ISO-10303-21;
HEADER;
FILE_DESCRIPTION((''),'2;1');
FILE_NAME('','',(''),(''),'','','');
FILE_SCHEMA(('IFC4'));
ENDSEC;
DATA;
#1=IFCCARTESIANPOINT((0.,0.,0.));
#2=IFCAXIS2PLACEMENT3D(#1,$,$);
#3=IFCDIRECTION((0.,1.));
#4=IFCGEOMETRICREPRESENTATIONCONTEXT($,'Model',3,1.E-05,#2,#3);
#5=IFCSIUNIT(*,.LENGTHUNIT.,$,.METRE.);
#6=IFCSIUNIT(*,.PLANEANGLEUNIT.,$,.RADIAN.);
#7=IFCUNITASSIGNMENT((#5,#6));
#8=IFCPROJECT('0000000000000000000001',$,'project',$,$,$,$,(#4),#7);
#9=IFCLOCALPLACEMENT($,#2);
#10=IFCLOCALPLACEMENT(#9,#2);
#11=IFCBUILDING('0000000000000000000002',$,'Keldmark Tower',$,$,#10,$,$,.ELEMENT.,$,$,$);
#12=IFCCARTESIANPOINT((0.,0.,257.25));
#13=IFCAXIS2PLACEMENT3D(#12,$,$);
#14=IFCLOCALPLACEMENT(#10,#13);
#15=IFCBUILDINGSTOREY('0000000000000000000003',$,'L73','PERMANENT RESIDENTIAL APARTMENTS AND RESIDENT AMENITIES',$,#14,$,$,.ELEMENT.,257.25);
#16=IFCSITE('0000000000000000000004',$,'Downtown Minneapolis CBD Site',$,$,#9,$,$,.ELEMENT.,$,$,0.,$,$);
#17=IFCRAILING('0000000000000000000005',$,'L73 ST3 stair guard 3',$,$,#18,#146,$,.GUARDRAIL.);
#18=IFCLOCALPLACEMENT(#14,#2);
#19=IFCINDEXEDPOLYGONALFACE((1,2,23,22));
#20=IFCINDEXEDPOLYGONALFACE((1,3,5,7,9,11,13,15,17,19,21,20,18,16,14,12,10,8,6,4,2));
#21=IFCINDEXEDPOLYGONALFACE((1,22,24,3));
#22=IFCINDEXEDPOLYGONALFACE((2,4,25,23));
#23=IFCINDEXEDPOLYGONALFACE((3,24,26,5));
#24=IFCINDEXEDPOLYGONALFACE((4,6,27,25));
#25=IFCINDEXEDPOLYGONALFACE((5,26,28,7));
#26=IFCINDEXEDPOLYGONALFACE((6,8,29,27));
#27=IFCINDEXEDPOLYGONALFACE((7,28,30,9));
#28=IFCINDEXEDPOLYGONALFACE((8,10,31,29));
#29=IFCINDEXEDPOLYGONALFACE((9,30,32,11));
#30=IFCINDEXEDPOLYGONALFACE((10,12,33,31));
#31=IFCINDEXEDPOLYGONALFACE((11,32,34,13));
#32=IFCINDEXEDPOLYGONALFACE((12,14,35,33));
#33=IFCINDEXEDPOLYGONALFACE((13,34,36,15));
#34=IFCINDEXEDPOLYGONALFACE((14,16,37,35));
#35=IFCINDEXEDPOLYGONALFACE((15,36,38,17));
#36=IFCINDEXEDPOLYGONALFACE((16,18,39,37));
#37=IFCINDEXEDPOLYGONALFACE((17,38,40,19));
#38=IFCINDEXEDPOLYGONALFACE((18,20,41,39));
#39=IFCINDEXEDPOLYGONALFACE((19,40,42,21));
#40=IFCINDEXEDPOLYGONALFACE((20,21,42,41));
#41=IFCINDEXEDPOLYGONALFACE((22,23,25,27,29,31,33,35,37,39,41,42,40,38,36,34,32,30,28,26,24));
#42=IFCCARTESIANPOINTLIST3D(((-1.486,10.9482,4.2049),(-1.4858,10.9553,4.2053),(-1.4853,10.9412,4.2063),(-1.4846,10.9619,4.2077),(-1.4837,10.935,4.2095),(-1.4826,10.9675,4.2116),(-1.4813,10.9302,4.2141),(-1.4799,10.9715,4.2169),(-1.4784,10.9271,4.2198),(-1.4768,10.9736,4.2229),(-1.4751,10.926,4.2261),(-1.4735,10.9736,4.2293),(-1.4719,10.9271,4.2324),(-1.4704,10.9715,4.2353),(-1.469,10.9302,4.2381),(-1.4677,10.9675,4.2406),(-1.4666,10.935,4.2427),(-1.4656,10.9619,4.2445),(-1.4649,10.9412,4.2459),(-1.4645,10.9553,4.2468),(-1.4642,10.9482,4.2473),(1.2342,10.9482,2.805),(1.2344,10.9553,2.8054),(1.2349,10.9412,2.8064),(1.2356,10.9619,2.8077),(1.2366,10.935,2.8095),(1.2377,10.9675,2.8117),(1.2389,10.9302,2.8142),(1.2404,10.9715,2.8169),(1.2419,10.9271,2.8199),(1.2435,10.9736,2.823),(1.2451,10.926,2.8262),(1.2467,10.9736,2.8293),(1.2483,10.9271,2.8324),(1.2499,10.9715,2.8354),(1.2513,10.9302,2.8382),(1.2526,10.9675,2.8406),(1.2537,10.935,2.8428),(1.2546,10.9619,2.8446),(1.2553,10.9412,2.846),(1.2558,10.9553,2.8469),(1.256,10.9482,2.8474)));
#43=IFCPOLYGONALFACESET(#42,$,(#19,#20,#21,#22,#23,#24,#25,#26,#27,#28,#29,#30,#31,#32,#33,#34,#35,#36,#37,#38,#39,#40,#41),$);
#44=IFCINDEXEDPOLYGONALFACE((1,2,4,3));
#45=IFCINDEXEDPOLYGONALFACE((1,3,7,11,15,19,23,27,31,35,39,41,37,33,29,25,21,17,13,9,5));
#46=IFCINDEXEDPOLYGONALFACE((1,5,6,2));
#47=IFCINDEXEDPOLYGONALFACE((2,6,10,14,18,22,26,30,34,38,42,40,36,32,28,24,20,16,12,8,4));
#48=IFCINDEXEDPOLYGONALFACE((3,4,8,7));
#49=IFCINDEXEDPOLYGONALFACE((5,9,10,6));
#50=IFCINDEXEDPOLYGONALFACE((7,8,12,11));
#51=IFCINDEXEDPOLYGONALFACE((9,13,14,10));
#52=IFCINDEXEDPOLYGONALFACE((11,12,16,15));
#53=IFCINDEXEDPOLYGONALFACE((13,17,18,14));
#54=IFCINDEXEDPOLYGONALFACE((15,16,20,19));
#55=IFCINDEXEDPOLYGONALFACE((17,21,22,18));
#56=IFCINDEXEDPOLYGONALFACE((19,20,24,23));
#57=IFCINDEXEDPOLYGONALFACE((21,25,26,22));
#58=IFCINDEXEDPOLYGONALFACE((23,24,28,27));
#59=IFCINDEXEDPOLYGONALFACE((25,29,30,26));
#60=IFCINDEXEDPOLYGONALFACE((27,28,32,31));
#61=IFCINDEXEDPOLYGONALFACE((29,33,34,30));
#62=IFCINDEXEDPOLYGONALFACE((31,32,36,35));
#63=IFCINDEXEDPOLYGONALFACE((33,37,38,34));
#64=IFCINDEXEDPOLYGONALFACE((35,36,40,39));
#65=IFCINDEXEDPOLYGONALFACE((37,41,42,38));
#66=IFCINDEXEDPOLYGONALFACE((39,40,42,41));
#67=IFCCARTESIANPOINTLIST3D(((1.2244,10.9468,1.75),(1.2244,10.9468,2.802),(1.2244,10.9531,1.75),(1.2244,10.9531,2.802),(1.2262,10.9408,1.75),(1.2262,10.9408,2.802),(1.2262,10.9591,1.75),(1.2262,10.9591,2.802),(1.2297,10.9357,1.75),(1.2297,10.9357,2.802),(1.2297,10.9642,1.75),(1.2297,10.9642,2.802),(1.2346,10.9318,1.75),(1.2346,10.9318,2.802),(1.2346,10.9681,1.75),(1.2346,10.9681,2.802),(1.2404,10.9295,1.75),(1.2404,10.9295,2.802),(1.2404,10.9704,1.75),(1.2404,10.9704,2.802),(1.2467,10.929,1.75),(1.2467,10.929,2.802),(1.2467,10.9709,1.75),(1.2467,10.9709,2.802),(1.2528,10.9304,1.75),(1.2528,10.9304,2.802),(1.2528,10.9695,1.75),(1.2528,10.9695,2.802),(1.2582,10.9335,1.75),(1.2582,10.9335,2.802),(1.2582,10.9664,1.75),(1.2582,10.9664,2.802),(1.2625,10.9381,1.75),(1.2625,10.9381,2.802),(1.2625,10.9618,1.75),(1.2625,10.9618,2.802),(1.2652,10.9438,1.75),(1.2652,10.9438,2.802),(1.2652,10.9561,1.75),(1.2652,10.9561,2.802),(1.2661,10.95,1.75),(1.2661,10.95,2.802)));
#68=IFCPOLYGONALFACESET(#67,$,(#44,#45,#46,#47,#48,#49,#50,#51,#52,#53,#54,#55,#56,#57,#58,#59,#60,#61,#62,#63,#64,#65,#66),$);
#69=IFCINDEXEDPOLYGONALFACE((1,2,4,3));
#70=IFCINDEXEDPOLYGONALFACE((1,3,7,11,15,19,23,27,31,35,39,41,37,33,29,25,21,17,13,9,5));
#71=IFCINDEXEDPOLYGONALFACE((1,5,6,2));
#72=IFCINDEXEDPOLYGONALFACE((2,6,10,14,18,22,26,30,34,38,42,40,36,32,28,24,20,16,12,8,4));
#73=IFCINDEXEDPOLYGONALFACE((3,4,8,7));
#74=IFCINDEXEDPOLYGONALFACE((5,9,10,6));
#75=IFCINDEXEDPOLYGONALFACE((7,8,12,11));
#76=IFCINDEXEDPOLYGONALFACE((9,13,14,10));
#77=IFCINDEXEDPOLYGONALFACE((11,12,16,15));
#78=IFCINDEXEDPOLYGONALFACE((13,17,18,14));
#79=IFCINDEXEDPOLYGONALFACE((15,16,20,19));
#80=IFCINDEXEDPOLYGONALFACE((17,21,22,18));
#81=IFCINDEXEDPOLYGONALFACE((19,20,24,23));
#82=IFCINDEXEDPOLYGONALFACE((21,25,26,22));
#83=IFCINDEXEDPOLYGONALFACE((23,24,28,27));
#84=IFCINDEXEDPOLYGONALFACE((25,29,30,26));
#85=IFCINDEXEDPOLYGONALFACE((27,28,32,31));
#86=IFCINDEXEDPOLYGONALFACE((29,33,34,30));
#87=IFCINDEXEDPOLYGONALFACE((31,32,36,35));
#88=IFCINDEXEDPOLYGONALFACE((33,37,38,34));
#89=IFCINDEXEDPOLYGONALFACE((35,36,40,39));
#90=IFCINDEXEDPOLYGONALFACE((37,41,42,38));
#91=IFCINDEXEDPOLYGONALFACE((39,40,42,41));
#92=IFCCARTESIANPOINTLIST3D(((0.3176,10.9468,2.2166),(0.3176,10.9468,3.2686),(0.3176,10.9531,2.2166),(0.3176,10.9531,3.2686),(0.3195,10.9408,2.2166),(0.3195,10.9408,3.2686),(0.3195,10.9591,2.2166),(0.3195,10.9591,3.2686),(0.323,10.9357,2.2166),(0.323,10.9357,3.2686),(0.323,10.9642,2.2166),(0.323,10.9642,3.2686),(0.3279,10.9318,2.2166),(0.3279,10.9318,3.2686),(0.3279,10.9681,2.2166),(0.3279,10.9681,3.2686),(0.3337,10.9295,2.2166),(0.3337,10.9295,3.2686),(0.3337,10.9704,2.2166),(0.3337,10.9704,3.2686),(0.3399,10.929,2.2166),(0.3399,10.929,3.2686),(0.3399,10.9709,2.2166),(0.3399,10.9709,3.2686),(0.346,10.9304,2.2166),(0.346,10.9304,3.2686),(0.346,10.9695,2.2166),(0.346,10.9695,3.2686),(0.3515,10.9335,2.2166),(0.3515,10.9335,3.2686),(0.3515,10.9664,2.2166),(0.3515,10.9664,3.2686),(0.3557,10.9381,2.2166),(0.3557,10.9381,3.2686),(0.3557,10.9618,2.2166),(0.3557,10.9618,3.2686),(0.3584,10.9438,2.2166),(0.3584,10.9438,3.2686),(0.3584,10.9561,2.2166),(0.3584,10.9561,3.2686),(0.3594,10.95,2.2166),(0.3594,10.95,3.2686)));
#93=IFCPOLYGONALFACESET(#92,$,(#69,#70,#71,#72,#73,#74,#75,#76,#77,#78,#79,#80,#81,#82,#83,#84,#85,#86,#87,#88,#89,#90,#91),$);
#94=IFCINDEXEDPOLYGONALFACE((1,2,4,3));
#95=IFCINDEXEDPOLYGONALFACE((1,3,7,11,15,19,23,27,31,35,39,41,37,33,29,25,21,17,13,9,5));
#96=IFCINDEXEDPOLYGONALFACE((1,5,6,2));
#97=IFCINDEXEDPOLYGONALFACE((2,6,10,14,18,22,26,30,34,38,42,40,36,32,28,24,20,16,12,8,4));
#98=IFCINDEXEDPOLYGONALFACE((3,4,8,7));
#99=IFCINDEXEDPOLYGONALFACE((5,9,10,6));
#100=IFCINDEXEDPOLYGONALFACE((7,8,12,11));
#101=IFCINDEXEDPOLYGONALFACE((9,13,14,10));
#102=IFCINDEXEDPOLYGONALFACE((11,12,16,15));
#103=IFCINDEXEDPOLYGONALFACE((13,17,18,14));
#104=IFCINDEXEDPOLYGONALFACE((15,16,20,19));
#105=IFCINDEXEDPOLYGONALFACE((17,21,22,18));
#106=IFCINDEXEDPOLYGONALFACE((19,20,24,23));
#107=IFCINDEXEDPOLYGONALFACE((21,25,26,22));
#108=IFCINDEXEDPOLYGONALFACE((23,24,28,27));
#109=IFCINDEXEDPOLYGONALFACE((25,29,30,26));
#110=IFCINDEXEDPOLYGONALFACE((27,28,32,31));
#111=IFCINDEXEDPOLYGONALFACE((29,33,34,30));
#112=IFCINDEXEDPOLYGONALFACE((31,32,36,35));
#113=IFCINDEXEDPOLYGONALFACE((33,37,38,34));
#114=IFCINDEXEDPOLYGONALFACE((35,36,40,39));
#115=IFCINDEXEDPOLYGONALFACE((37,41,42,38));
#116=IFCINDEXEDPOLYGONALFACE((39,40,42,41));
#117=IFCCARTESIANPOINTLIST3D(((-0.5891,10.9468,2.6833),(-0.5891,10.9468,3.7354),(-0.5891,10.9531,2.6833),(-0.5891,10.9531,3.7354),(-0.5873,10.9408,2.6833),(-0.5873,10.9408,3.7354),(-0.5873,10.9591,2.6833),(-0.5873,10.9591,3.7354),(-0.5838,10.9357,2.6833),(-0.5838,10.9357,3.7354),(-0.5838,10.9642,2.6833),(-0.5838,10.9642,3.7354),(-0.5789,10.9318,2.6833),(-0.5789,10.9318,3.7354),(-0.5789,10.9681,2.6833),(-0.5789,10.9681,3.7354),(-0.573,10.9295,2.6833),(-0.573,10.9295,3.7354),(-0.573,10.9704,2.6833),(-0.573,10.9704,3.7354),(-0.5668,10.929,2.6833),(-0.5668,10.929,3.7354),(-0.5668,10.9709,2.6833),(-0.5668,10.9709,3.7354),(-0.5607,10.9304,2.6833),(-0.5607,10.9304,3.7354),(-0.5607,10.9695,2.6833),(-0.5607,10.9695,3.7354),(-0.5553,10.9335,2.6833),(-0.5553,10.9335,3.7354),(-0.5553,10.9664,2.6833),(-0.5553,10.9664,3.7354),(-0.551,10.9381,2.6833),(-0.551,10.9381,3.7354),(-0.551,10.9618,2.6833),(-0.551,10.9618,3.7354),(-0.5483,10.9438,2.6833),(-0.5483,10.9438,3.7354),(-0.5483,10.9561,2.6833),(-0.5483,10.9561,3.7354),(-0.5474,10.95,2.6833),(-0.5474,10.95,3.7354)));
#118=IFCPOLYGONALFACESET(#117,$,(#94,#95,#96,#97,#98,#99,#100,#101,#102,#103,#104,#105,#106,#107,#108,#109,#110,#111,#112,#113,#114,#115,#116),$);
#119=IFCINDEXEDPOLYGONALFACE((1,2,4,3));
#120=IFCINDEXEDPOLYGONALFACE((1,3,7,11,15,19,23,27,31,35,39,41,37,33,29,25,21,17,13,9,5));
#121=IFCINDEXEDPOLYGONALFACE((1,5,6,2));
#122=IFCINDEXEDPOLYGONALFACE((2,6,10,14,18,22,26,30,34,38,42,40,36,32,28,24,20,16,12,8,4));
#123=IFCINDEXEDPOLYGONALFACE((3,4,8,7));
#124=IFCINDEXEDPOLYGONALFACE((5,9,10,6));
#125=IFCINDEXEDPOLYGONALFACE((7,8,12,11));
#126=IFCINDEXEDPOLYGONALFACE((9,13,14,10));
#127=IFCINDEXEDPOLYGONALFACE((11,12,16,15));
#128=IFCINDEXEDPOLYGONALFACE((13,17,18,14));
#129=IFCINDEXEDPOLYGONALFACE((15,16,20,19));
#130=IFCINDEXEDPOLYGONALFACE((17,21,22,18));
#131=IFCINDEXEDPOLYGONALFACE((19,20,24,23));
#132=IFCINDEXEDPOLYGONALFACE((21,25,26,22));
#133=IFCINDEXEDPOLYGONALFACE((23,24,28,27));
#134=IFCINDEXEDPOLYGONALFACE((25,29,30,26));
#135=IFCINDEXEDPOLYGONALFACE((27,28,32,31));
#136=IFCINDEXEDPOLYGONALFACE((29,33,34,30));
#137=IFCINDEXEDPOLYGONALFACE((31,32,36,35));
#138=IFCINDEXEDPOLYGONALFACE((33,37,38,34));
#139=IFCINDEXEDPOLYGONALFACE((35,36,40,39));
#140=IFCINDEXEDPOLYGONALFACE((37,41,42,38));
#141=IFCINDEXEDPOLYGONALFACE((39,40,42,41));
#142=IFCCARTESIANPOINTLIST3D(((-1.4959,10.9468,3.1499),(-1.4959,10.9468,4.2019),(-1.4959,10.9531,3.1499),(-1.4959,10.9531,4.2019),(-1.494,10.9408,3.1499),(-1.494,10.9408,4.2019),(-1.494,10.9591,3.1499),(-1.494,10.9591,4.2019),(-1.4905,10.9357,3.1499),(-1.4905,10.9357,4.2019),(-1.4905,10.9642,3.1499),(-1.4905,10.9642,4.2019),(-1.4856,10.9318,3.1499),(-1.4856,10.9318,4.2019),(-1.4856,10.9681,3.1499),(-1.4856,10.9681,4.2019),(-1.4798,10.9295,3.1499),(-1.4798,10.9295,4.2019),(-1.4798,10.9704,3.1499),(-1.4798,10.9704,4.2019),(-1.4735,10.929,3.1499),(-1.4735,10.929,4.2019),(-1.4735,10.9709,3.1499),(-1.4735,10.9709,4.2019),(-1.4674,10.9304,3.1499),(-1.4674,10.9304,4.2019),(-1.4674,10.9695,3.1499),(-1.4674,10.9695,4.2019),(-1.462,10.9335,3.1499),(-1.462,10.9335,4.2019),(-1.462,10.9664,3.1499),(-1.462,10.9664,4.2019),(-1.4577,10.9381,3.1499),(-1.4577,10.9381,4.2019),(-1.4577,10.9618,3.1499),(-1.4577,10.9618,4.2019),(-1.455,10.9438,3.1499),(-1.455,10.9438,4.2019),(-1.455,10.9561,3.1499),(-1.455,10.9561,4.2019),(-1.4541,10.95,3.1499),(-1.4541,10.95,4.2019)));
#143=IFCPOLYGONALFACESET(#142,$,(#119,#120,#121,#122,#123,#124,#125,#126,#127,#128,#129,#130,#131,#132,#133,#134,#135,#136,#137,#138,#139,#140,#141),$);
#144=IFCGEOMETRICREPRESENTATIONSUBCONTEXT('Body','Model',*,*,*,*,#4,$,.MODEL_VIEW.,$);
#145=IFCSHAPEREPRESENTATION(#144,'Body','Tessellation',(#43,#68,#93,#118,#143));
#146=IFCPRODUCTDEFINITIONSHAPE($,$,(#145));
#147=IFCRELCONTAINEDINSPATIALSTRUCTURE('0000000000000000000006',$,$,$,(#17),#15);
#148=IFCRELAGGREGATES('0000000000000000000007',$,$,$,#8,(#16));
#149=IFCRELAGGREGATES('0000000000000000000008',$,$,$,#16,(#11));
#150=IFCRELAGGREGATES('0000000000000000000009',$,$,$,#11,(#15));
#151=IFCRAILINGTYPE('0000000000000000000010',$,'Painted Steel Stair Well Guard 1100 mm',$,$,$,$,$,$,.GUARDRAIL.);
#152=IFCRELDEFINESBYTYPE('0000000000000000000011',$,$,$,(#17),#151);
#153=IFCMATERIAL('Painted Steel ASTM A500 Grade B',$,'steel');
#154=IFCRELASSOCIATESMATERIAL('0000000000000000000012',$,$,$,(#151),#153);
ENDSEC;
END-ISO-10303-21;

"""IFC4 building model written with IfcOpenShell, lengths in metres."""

from ifc_helpers import new_model, si_unit, direction, frame, origin, origin_2d, place, context, subcontext, project, spatial, circle, extrude, material, type_object, element, save


model = new_model("IFC4")

# Units and contexts
model_context = context("Model", 3, precision=1e-05, world=origin(), true_north=direction((0.0, 1.0)))
body_context = subcontext(model_context, "Body", "Model", "MODEL_VIEW")
ifc_project = project(units=[si_unit("LENGTHUNIT", "METRE"), si_unit("PLANEANGLEUNIT", "RADIAN")], contexts=[model_context])

# Site, building, storey
site_placement = place(None, origin())
site = spatial("IfcSite", under=ifc_project, at=site_placement, Name="Downtown Minneapolis CBD Site", CompositionType="ELEMENT", RefElevation=0.0)
building_placement = place(site_placement, origin())
building = spatial("IfcBuilding", under=site, at=building_placement, Name="Keldmark Tower", CompositionType="ELEMENT")
storey_placement = place(building_placement, frame((0.0, 0.0, 257.25)))
storey = spatial("IfcBuildingStorey", under=building, at=storey_placement, Name="L73", Description="PERMANENT RESIDENTIAL APARTMENTS AND RESIDENT AMENITIES", CompositionType="ELEMENT", Elevation=257.25)

# Railing
ifc_material_1 = material(Name="Painted Steel ASTM A500 Grade B", Category="steel")
railing_type_1 = type_object("IfcRailingType", Name="Painted Steel Stair Well Guard 1100 mm", PredefinedType="GUARDRAIL", material=ifc_material_1)
railing_1_placement = place(storey_placement, frame((1.2451, 10.95, 1.75)))
element("IfcRailing", 1, at=railing_1_placement, inside=storey, type_object=railing_type_1, Name="L73 ST3 stair guard 3", PredefinedType="GUARDRAIL", context=body_context, shape_type="SweptSolid", body=[
    extrude(circle(Radius=0.0239, at=origin_2d()), frame((0.0, 0.0, 1.0762), z_axis=(-0.889164, 0.0, 0.45759), x_axis=(0.0, -1.0, 0.0)), (0.0, 0.0, 1.0), 3.0593),
    extrude(circle(Radius=0.021, at=origin_2d()), origin(), (0.0, 0.0, 1.0), 1.052),
    extrude(circle(Radius=0.021, at=origin_2d()), frame((-0.9067, 0.0, 0.4666)), (0.0, 0.0, 1.0), 1.052),
    extrude(circle(Radius=0.021, at=origin_2d()), frame((-1.8135, 0.0, 0.9333)), (0.0, 0.0, 1.0), 1.052),
    extrude(circle(Radius=0.021, at=origin_2d()), frame((-2.7202, 0.0, 1.3999)), (0.0, 0.0, 1.0), 1.052),
])

save(model, "model.ifc")
